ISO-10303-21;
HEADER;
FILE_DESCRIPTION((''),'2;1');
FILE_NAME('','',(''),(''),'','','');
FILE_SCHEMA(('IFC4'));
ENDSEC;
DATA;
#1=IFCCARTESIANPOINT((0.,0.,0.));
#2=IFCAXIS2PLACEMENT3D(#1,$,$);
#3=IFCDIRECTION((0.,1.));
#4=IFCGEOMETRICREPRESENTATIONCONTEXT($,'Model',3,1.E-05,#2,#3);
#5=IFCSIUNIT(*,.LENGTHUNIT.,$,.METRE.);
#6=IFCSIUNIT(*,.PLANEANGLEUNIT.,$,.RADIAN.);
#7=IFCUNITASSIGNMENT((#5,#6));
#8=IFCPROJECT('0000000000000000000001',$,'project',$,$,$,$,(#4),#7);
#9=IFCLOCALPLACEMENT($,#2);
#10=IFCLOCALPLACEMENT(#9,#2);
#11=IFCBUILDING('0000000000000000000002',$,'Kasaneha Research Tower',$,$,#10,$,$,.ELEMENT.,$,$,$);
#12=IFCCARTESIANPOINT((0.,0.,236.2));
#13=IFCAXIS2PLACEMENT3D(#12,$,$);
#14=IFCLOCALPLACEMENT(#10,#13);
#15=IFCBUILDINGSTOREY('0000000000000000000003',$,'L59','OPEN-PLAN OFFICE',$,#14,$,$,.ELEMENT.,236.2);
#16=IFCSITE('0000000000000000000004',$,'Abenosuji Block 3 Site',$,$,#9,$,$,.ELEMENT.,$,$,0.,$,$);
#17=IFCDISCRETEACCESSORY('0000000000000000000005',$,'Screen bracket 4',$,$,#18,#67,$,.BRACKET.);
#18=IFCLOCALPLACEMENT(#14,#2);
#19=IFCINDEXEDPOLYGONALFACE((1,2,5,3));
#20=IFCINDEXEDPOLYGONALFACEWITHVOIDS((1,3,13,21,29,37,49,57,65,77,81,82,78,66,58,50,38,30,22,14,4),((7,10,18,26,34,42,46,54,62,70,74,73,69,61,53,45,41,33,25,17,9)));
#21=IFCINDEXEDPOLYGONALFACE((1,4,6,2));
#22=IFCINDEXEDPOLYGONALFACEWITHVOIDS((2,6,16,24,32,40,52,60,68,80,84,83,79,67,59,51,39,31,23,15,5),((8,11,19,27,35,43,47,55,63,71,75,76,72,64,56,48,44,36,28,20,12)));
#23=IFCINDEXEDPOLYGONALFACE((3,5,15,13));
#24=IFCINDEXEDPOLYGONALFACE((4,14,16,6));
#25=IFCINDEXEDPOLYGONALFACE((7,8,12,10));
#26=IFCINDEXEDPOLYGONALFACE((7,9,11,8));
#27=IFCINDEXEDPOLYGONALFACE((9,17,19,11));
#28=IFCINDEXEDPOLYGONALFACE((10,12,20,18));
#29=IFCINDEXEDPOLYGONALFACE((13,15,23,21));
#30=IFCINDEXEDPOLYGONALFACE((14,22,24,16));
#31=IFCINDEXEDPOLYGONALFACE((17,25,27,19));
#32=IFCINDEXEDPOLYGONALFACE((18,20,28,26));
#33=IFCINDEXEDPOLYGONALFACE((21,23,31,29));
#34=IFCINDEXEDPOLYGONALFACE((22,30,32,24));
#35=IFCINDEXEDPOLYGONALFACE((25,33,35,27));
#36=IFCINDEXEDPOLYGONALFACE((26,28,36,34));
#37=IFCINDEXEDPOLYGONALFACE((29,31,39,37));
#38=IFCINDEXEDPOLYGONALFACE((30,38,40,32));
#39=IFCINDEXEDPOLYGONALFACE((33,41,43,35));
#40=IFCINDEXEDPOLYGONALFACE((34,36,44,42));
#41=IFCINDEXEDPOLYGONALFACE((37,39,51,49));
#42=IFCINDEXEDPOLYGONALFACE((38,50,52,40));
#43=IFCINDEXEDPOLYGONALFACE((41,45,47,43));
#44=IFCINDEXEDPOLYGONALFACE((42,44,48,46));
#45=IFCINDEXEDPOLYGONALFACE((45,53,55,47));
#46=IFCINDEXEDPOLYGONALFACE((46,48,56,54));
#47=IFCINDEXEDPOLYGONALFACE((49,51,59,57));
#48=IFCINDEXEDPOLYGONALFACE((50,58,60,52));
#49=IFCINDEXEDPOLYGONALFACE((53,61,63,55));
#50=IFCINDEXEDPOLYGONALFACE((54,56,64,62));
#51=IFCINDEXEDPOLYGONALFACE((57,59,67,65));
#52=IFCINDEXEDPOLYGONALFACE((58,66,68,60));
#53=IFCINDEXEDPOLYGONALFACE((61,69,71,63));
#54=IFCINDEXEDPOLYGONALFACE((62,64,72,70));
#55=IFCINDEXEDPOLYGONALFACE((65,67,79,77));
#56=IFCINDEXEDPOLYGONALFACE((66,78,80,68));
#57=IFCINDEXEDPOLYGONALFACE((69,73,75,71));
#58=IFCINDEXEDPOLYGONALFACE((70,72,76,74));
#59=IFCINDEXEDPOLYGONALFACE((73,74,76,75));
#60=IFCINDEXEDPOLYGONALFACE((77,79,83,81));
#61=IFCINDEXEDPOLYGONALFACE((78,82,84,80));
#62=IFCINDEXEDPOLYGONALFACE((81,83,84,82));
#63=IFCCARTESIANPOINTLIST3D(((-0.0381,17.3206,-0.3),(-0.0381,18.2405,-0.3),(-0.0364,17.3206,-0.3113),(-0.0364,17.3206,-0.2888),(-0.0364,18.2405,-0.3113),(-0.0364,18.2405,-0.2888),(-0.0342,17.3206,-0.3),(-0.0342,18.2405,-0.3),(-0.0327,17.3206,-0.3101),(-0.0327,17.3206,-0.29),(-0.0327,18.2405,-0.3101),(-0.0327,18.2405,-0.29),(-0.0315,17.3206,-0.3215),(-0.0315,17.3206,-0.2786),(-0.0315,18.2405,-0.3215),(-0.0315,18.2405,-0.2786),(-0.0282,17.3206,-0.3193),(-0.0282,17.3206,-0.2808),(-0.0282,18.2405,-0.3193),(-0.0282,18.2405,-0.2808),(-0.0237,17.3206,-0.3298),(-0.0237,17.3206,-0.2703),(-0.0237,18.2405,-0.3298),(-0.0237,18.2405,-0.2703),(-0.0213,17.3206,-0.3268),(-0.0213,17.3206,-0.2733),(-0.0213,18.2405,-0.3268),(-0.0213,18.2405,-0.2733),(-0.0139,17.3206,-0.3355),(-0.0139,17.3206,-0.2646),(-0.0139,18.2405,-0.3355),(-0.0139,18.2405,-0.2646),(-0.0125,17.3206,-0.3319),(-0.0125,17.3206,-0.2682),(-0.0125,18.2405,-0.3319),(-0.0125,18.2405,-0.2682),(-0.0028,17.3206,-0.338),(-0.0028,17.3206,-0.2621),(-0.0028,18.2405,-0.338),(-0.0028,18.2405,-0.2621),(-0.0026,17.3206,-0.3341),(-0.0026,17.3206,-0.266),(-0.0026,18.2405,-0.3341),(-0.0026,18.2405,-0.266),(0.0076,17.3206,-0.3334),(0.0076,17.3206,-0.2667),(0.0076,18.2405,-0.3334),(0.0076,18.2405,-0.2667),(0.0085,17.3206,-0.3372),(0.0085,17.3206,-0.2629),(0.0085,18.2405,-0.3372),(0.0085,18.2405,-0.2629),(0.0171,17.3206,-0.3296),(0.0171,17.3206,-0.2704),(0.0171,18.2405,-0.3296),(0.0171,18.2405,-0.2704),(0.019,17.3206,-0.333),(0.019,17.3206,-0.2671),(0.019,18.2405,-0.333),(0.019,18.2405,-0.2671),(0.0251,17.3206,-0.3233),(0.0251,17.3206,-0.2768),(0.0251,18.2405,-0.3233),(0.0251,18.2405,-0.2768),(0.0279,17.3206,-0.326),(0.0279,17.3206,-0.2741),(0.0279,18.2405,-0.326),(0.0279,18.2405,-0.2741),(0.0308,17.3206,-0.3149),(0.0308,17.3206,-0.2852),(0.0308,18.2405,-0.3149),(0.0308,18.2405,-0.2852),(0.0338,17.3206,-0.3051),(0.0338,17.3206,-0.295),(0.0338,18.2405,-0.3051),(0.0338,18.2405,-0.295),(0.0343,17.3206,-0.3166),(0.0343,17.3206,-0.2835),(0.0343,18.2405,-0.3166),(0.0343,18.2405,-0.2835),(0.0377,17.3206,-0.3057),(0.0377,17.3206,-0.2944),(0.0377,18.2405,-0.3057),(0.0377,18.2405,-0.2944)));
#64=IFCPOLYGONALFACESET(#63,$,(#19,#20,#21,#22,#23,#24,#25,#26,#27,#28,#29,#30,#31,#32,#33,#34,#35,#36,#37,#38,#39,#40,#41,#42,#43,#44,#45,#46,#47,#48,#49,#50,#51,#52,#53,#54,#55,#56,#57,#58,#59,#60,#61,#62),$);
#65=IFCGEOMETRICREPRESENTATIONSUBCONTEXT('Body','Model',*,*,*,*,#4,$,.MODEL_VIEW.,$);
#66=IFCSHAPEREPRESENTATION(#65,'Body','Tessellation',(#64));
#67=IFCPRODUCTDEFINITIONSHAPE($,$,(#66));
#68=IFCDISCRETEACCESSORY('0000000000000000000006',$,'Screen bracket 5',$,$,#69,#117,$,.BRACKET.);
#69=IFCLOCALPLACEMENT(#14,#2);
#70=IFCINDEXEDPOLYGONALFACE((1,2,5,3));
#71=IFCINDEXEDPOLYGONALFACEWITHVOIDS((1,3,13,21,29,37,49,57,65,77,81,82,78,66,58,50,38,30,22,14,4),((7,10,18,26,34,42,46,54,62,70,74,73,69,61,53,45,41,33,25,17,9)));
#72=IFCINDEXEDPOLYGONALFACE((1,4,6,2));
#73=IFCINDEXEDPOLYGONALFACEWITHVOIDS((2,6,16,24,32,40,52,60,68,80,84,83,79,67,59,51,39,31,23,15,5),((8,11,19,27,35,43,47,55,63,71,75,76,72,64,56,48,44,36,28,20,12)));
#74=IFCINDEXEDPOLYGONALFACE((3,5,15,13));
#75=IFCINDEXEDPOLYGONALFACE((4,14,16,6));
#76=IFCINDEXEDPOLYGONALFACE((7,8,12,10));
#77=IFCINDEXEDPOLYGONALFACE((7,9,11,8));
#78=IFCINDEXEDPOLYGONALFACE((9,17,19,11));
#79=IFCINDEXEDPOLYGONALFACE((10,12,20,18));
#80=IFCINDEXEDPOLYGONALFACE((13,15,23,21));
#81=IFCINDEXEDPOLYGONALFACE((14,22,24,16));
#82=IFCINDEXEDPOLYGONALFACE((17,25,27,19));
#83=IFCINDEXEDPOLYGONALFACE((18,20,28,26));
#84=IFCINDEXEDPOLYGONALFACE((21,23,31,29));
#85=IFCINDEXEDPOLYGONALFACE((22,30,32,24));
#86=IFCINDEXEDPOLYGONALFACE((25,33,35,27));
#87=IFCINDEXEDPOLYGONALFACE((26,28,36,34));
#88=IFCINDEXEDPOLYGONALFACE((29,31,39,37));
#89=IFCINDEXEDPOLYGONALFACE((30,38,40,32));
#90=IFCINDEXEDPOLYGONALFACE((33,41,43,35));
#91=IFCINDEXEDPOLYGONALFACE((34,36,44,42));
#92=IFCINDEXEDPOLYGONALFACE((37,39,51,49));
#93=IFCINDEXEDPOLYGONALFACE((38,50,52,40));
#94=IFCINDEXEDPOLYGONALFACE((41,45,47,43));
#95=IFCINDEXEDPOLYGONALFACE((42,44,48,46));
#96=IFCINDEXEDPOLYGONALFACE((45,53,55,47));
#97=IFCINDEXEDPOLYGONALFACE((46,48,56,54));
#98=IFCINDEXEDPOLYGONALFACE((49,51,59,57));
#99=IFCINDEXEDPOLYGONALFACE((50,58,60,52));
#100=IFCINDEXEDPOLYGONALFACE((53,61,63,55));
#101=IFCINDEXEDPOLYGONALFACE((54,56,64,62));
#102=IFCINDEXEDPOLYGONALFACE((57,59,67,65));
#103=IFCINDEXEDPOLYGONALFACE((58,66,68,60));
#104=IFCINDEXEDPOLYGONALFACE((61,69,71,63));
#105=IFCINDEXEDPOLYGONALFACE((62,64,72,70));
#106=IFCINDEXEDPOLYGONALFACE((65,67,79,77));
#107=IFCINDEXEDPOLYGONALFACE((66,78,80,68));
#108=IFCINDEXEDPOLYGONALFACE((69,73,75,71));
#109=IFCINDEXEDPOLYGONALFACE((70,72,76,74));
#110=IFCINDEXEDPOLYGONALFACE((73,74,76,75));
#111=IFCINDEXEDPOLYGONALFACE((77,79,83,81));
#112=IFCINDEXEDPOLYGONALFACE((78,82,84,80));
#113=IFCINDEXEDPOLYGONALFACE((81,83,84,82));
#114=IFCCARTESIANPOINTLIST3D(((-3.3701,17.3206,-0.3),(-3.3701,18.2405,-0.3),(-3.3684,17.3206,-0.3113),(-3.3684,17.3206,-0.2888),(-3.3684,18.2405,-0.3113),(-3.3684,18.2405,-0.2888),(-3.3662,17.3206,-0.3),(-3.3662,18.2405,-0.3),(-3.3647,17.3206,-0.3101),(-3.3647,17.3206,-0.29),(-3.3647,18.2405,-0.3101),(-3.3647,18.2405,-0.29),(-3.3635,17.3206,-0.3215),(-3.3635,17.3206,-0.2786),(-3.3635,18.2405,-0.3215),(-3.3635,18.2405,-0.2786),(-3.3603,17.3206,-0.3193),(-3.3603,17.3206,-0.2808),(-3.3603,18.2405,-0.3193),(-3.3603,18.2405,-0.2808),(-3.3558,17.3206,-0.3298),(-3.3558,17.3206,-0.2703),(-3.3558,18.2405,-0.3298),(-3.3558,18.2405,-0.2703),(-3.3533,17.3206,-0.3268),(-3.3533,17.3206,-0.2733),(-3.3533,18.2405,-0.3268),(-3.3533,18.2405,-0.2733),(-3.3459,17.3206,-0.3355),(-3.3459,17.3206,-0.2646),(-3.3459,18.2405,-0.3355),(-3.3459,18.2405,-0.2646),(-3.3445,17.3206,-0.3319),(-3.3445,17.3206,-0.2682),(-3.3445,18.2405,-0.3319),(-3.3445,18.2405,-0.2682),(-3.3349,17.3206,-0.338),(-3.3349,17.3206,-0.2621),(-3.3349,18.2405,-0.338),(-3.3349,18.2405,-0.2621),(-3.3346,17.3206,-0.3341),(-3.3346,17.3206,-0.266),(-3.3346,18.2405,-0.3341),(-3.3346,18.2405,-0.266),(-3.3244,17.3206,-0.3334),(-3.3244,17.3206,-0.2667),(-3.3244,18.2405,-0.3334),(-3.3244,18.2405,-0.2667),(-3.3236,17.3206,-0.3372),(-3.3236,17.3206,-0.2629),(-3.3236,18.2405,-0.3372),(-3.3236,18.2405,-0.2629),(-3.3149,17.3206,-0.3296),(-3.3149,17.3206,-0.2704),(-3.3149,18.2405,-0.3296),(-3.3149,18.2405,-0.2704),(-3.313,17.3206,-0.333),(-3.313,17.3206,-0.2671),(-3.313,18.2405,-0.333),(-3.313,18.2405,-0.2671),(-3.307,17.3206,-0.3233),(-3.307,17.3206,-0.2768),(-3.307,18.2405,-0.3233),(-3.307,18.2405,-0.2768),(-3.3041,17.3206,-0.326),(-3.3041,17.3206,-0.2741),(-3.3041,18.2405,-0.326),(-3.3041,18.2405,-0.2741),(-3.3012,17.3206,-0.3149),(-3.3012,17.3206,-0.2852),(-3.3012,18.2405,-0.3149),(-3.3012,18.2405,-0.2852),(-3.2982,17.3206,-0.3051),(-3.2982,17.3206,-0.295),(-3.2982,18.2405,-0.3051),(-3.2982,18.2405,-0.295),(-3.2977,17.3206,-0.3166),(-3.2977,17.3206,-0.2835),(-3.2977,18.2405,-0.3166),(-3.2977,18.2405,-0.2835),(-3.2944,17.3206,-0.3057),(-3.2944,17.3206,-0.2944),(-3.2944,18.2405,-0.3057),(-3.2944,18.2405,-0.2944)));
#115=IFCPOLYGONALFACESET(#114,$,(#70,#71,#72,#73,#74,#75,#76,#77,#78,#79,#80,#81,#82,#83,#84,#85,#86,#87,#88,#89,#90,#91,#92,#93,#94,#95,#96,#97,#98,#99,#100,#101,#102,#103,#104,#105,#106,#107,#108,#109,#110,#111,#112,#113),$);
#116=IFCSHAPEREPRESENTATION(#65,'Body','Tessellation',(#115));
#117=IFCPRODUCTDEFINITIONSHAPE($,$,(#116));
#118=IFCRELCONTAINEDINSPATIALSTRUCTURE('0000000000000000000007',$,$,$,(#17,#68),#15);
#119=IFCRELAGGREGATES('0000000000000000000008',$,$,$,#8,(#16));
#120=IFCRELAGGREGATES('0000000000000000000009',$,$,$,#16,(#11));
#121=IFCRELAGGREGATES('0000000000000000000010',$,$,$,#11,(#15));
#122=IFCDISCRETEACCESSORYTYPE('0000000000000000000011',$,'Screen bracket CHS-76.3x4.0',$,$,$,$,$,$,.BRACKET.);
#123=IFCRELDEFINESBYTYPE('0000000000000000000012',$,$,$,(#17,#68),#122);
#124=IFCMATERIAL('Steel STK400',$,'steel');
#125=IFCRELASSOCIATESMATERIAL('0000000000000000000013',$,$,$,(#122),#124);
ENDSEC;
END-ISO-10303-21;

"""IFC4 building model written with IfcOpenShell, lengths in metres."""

from ifc_helpers import new_model, si_unit, direction, frame, origin, origin_2d, place, context, subcontext, project, spatial, hollow_circle, extrude, material, material_profile, profile_set, type_object, element, save


model = new_model("IFC4")

# Units and contexts
model_context = context("Model", 3, precision=1e-05, world=origin(), true_north=direction((0.0, 1.0)))
body_context = subcontext(model_context, "Body", "Model", "MODEL_VIEW")
ifc_project = project(units=[si_unit("LENGTHUNIT", "METRE"), si_unit("PLANEANGLEUNIT", "RADIAN")], contexts=[model_context])

# Site, building, storey
site_placement = place(None, origin())
site = spatial("IfcSite", under=ifc_project, at=site_placement, Name="Abenosuji Block 3 Site", CompositionType="ELEMENT", RefElevation=0.0)
building_placement = place(site_placement, origin())
building = spatial("IfcBuilding", under=site, at=building_placement, Name="Kasaneha Research Tower", CompositionType="ELEMENT")
storey_placement = place(building_placement, frame((0.0, 0.0, 236.2)))
storey = spatial("IfcBuildingStorey", under=building, at=storey_placement, Name="L59", Description="OPEN-PLAN OFFICE", CompositionType="ELEMENT", Elevation=236.2)

# Discrete accessories
ifc_material_1 = material(Name="Steel STK400", Category="steel")
ifc_material_profile_1 = material_profile(ifc_material_1, hollow_circle(Radius=0.0381, WallThickness=0.0039, at=origin_2d()), Name="CHS-76.3x4.0")
ifc_profile_set_1 = profile_set([ifc_material_profile_1], Name="Steel STK400")
discrete_accessory_type = type_object("IfcDiscreteAccessoryType", Name="Screen bracket CHS-76.3x4.0", PredefinedType="BRACKET", material=ifc_profile_set_1)
for number, where, z_axis, x_axis, name in (
    (1, (0.0, 17.3206, -0.3), (0.0, 1.0, 0.0), (-1.0, 0.0, 0.0), "Screen bracket 4"),
    (2, (-3.332, 17.3206, -0.3), (0.0, 1.0, 0.0), (-1.0, 0.0, 0.0), "Screen bracket 5"),
):
    element("IfcDiscreteAccessory", number, at=place(storey_placement, frame(where, z_axis=z_axis, x_axis=x_axis)), inside=storey, type_object=discrete_accessory_type, Name=name, PredefinedType="BRACKET", context=body_context, shape_type="SweptSolid", body=[
        extrude(hollow_circle(Radius=0.0381, WallThickness=0.0039, at=origin_2d()), origin(), (0.0, 0.0, 1.0), 0.9199),
    ])

save(model, "model.ifc")
